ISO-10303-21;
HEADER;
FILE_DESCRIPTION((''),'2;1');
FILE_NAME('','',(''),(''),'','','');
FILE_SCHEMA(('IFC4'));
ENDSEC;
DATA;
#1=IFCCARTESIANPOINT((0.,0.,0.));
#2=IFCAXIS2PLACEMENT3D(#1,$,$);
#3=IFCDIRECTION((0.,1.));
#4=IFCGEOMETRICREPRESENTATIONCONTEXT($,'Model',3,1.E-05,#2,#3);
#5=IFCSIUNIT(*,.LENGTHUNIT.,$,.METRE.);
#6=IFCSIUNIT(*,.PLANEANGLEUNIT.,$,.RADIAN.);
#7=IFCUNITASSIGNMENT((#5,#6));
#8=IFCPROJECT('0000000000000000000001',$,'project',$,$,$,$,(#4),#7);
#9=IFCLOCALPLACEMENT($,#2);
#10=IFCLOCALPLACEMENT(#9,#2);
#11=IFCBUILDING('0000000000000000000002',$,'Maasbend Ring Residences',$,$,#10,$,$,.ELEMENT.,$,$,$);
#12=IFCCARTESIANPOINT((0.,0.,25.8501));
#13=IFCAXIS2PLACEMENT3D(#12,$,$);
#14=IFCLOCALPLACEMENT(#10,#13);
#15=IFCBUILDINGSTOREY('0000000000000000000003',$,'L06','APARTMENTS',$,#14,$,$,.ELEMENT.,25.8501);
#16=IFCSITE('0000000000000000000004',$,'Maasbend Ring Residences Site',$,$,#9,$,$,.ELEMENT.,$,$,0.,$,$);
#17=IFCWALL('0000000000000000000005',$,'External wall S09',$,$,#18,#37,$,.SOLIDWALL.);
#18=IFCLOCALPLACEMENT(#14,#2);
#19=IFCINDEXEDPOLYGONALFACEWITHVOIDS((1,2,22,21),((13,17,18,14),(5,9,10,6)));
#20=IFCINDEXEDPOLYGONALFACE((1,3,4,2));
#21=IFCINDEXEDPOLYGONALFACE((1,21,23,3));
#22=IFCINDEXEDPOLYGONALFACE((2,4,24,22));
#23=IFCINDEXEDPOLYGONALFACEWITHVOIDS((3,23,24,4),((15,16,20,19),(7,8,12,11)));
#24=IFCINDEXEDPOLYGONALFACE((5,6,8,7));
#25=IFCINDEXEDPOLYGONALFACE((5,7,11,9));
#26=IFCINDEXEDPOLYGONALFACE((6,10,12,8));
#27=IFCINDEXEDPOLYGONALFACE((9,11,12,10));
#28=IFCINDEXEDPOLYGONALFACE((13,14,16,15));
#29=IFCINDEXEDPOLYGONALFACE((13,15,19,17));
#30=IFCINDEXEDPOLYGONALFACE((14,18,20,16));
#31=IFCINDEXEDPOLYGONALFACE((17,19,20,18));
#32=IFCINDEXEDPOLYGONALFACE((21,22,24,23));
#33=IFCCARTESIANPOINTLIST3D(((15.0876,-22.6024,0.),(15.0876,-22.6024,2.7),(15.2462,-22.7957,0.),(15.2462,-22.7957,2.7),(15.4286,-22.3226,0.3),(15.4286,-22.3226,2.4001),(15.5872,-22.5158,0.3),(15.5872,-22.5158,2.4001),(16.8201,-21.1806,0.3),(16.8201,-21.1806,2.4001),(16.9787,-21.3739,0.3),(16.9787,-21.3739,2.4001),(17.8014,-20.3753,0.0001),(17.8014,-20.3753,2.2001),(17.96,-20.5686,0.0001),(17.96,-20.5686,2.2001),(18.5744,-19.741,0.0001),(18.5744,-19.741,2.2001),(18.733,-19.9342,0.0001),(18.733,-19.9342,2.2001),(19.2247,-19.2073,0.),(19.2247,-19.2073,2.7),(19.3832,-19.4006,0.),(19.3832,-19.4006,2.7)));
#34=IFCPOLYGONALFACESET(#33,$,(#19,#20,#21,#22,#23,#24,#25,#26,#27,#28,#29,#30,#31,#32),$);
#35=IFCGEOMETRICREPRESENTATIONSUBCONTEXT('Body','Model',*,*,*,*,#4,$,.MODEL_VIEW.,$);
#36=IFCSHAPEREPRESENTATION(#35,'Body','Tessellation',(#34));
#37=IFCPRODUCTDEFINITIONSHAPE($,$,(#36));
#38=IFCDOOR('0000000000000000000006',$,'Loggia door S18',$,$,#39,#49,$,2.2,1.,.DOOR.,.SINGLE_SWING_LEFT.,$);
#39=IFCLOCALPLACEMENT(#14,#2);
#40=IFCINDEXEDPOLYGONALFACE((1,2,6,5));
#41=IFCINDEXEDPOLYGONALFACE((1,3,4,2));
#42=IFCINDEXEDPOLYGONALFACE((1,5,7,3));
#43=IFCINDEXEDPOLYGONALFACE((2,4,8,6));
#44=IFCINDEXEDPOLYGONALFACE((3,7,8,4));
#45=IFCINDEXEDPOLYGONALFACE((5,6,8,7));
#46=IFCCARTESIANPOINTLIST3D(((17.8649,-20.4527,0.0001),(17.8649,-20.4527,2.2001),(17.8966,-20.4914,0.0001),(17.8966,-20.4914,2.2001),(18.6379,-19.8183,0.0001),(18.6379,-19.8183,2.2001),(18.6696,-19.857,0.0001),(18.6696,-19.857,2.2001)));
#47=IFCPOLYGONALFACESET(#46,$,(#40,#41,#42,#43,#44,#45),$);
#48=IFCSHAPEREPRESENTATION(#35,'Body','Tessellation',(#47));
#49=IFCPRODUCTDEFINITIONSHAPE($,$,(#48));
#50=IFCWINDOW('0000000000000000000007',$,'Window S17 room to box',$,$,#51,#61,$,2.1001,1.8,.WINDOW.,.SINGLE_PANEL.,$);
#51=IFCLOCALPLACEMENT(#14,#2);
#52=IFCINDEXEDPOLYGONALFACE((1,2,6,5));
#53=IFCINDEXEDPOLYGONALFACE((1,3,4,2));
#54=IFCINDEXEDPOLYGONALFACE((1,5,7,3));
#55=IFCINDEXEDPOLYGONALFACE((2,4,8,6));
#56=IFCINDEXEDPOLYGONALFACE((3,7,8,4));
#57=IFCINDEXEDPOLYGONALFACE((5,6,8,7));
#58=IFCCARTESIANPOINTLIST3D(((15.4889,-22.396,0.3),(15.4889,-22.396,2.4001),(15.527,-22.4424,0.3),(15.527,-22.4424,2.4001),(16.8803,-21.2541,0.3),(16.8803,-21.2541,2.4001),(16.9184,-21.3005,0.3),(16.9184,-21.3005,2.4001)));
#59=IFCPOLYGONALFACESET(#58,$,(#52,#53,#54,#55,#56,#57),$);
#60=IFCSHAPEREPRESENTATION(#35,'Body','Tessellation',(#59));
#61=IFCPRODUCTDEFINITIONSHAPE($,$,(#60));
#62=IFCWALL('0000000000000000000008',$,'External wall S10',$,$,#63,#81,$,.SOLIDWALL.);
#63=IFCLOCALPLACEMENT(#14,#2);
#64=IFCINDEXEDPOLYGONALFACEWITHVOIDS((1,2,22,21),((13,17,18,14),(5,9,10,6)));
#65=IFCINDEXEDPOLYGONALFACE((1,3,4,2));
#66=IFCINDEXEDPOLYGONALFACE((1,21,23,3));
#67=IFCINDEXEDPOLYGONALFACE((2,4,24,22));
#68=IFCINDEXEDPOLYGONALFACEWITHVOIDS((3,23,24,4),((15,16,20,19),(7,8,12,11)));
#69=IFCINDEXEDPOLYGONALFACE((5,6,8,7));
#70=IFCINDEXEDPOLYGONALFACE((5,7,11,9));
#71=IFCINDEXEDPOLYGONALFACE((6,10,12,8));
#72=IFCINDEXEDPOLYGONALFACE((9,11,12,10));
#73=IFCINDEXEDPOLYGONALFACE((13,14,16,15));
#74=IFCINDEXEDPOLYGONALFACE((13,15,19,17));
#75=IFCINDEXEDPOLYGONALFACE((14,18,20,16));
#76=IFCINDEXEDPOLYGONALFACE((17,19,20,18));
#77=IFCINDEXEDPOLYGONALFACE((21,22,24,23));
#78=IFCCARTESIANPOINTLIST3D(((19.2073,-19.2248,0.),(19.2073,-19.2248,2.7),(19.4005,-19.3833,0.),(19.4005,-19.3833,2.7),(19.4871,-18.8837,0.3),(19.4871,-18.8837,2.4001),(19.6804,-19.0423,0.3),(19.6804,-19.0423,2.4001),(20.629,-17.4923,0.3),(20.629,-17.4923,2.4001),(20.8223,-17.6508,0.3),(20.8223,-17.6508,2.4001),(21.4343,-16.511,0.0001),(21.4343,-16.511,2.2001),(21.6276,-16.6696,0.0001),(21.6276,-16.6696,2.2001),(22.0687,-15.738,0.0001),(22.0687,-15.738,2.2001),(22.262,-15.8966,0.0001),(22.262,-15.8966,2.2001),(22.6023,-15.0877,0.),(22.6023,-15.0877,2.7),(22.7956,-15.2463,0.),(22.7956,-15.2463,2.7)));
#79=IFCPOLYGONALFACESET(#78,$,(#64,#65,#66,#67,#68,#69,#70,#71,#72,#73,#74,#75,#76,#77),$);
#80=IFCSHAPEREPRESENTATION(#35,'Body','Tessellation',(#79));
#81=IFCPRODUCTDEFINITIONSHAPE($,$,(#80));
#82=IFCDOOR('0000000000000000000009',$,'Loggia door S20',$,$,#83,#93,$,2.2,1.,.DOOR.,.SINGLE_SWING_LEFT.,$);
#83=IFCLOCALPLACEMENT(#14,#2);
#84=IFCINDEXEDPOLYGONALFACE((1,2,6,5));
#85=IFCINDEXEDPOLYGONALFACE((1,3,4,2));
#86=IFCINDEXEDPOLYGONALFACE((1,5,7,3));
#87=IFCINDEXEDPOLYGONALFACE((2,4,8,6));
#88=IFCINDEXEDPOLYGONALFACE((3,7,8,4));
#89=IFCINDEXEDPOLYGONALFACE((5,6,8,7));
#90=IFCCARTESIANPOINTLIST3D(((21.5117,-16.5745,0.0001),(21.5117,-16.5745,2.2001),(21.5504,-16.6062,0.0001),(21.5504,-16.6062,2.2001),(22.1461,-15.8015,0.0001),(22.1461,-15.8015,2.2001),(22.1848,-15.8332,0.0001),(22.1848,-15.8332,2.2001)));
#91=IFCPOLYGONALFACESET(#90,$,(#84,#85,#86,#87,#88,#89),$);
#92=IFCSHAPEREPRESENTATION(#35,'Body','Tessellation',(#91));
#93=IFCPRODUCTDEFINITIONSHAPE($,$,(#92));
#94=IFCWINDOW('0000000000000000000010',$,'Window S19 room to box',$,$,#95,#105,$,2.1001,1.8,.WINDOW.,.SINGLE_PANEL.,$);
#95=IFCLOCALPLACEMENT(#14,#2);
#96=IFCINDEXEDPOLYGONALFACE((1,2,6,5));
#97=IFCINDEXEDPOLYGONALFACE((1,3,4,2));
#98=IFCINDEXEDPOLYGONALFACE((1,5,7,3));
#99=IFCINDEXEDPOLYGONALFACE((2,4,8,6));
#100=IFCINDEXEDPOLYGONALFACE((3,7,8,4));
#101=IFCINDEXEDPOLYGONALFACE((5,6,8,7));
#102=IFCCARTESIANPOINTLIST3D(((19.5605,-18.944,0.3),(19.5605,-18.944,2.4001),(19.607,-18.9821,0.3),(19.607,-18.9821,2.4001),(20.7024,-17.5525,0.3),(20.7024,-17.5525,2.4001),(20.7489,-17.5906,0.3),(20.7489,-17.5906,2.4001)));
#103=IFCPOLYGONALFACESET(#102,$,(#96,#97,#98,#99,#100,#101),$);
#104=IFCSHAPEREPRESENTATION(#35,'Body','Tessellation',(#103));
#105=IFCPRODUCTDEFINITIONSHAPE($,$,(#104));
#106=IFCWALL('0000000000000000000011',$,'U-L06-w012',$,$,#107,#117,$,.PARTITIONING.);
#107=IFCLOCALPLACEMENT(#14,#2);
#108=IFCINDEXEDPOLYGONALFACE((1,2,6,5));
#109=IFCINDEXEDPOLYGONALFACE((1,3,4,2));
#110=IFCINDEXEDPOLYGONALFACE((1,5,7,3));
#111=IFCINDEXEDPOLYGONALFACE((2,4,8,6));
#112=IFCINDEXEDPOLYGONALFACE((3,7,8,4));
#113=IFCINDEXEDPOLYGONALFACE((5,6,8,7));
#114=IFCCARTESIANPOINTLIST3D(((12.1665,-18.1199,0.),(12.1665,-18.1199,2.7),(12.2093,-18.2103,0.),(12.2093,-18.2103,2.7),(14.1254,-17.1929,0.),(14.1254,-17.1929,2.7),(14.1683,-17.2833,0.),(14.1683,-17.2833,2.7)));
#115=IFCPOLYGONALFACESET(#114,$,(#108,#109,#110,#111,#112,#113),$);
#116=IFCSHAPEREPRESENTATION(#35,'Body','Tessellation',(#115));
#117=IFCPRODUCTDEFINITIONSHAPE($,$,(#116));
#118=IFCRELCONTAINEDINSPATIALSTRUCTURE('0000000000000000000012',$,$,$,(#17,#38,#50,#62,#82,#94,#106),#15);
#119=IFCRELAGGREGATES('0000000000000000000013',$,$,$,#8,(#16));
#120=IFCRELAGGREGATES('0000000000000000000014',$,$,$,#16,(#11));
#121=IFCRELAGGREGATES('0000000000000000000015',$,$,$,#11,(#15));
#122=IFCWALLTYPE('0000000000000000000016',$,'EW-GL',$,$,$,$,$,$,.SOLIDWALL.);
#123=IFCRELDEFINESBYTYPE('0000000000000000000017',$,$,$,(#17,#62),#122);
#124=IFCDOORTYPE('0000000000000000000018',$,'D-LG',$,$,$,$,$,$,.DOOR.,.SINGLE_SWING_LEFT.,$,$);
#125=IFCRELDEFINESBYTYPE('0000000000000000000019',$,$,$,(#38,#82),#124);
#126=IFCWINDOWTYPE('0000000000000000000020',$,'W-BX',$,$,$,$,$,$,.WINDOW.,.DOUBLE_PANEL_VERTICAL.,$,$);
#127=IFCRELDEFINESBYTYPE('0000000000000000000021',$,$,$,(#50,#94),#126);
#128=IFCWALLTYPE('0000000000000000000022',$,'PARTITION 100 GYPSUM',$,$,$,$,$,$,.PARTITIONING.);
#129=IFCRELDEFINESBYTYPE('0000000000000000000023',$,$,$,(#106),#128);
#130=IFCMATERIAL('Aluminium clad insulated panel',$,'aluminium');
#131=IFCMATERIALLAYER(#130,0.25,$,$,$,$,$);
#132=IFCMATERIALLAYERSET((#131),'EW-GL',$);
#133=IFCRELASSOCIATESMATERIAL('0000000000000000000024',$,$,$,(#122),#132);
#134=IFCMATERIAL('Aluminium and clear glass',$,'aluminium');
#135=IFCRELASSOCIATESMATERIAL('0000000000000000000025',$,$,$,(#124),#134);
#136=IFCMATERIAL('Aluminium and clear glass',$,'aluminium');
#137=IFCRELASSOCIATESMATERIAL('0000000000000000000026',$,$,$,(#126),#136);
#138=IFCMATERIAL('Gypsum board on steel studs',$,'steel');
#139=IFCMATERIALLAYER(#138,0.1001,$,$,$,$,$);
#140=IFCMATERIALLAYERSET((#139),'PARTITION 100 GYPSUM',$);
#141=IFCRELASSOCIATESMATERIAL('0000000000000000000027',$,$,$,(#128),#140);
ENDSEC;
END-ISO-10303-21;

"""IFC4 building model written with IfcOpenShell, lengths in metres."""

from ifc_helpers import new_model, si_unit, direction, frame, frame_2d, origin, place, context, subcontext, project, spatial, rectangle, extrude, material, layer, layer_set, type_object, element, fill, save


model = new_model("IFC4")

# Units and contexts
model_context = context("Model", 3, precision=1e-05, world=origin(), true_north=direction((0.0, 1.0)))
body_context = subcontext(model_context, "Body", "Model", "MODEL_VIEW")
ifc_project = project(units=[si_unit("LENGTHUNIT", "METRE"), si_unit("PLANEANGLEUNIT", "RADIAN")], contexts=[model_context])

# Site, building, storey
site_placement = place(None, origin())
site = spatial("IfcSite", under=ifc_project, at=site_placement, Name="Maasbend Ring Residences Site", CompositionType="ELEMENT", RefElevation=0.0)
building_placement = place(site_placement, origin())
building = spatial("IfcBuilding", under=site, at=building_placement, Name="Maasbend Ring Residences", CompositionType="ELEMENT")
storey_placement = place(building_placement, frame((0.0, 0.0, 25.8501)))
storey = spatial("IfcBuildingStorey", under=building, at=storey_placement, Name="L06", Description="APARTMENTS", CompositionType="ELEMENT", Elevation=25.8501)

# Walls, openings, doors, windows
ifc_material_1 = material(Name="Aluminium clad insulated panel", Category="aluminium")
ifc_layer_1 = layer(ifc_material_1, 0.25)
ifc_layer_set_1 = layer_set([ifc_layer_1], Name="EW-GL")
wall_type_1 = type_object("IfcWallType", Name="EW-GL", PredefinedType="SOLIDWALL", material=ifc_layer_set_1)
wall_1_placement = place(storey_placement, frame((15.167, -22.699, 0.0), z_axis=(0.0, 0.0, 1.0), x_axis=(0.773019, 0.634382, 0.0)))
wall_1 = element("IfcWall", 1, at=wall_1_placement, inside=storey, type_object=wall_type_1, Name="External wall S09", PredefinedType="SOLIDWALL", context=body_context, shape_type="SweptSolid", body=[
    extrude(rectangle(XDim=5.3518, YDim=0.25, at=frame_2d((2.6758, 0.0))), origin(), (0.0, 0.0, 1.0), 2.7),
])
opening_1_placement = place(wall_1_placement, frame((0.4412, 0.0, 0.3)))
opening_1 = element("IfcOpeningElement", 2, at=opening_1_placement, cuts=wall_1, PredefinedType="OPENING", context=body_context, shape_type="SweptSolid", body=[
    extrude(rectangle(XDim=1.8, YDim=2.1001, at=frame_2d((0.8999, 1.05))), frame((0.0, 0.135, 0.0), z_axis=(0.0, -1.0, 0.0), x_axis=(1.0, 0.0, 0.0)), (0.0, 0.0, 1.0), 0.27),
])
opening_2_placement = place(wall_1_placement, frame((3.5105, 0.0, 0.0)))
opening_2 = element("IfcOpeningElement", 3, at=opening_2_placement, cuts=wall_1, PredefinedType="OPENING", context=body_context, shape_type="SweptSolid", body=[
    extrude(rectangle(XDim=1.0, YDim=2.2, at=frame_2d((0.5, 1.1001))), frame((0.0, 0.135, 0.0), z_axis=(0.0, -1.0, 0.0), x_axis=(1.0, 0.0, 0.0)), (0.0, 0.0, 1.0), 0.27),
])
ifc_material_2 = material(Name="Aluminium and clear glass", Category="aluminium")
door_type = type_object("IfcDoorType", Name="D-LG", OperationType="SINGLE_SWING_LEFT", PredefinedType="DOOR", material=ifc_material_2)
door_1_placement = place(opening_2_placement, origin())
door_1 = element("IfcDoor", 4, at=door_1_placement, inside=storey, type_object=door_type, Name="Loggia door S18", OperationType="SINGLE_SWING_LEFT", OverallHeight=2.2, OverallWidth=1.0, PredefinedType="DOOR", context=body_context, shape_type="SweptSolid", body=[
    extrude(rectangle(XDim=1.0, YDim=2.2, at=frame_2d((0.5, 1.1001))), frame((0.0, 0.0249, 0.0), z_axis=(0.0, -1.0, 0.0), x_axis=(1.0, 0.0, 0.0)), (0.0, 0.0, 1.0), 0.05),
])
fill(opening_2, door_1)
ifc_material_3 = material(Name="Aluminium and clear glass", Category="aluminium")
window_type_1 = type_object("IfcWindowType", Name="W-BX", PartitioningType="DOUBLE_PANEL_VERTICAL", PredefinedType="WINDOW", material=ifc_material_3)
window_1_placement = place(opening_1_placement, origin())
window_1 = element("IfcWindow", 5, at=window_1_placement, inside=storey, type_object=window_type_1, Name="Window S17 room to box", OverallHeight=2.1001, OverallWidth=1.8, PartitioningType="SINGLE_PANEL", PredefinedType="WINDOW", context=body_context, shape_type="SweptSolid", body=[
    extrude(rectangle(XDim=1.8, YDim=2.1001, at=frame_2d((0.8999, 1.05))), frame((0.0, 0.03, 0.0), z_axis=(0.0, -1.0, 0.0), x_axis=(1.0, 0.0, 0.0)), (0.0, 0.0, 1.0), 0.0601),
])
fill(opening_1, window_1)
wall_2_placement = place(storey_placement, frame((19.304, -19.304, 0.0), z_axis=(0.0, 0.0, 1.0), x_axis=(0.634382, 0.773019, 0.0)))
wall_2 = element("IfcWall", 6, at=wall_2_placement, inside=storey, type_object=wall_type_1, Name="External wall S10", PredefinedType="SOLIDWALL", context=body_context, shape_type="SweptSolid", body=[
    extrude(rectangle(XDim=5.3518, YDim=0.25, at=frame_2d((2.6758, 0.0))), origin(), (0.0, 0.0, 1.0), 2.7),
])
opening_3_placement = place(wall_2_placement, frame((0.4412, 0.0, 0.3)))
opening_3 = element("IfcOpeningElement", 7, at=opening_3_placement, cuts=wall_2, PredefinedType="OPENING", context=body_context, shape_type="SweptSolid", body=[
    extrude(rectangle(XDim=1.8, YDim=2.1001, at=frame_2d((0.8999, 1.05))), frame((0.0, 0.135, 0.0), z_axis=(0.0, -1.0, 0.0), x_axis=(1.0, 0.0, 0.0)), (0.0, 0.0, 1.0), 0.27),
])
opening_4_placement = place(wall_2_placement, frame((3.5105, 0.0, 0.0)))
opening_4 = element("IfcOpeningElement", 8, at=opening_4_placement, cuts=wall_2, PredefinedType="OPENING", context=body_context, shape_type="SweptSolid", body=[
    extrude(rectangle(XDim=1.0, YDim=2.2, at=frame_2d((0.5, 1.1001))), frame((0.0, 0.135, 0.0), z_axis=(0.0, -1.0, 0.0), x_axis=(1.0, 0.0, 0.0)), (0.0, 0.0, 1.0), 0.27),
])
door_2_placement = place(opening_4_placement, origin())
door_2 = element("IfcDoor", 9, at=door_2_placement, inside=storey, type_object=door_type, Name="Loggia door S20", OperationType="SINGLE_SWING_LEFT", OverallHeight=2.2, OverallWidth=1.0, PredefinedType="DOOR", context=body_context, shape_type="SweptSolid", body=[
    extrude(rectangle(XDim=1.0, YDim=2.2, at=frame_2d((0.5, 1.1001))), frame((0.0, 0.0249, 0.0), z_axis=(0.0, -1.0, 0.0), x_axis=(1.0, 0.0, 0.0)), (0.0, 0.0, 1.0), 0.05),
])
fill(opening_4, door_2)
window_2_placement = place(opening_3_placement, origin())
window_2 = element("IfcWindow", 10, at=window_2_placement, inside=storey, type_object=window_type_1, Name="Window S19 room to box", OverallHeight=2.1001, OverallWidth=1.8, PartitioningType="SINGLE_PANEL", PredefinedType="WINDOW", context=body_context, shape_type="SweptSolid", body=[
    extrude(rectangle(XDim=1.8, YDim=2.1001, at=frame_2d((0.8999, 1.05))), frame((0.0, 0.03, 0.0), z_axis=(0.0, -1.0, 0.0), x_axis=(1.0, 0.0, 0.0)), (0.0, 0.0, 1.0), 0.0601),
])
fill(opening_3, window_2)

# Wall
ifc_material_4 = material(Name="Gypsum board on steel studs", Category="steel")
ifc_layer_2 = layer(ifc_material_4, 0.1001)
ifc_layer_set_2 = layer_set([ifc_layer_2], Name="PARTITION 100 GYPSUM")
wall_type_2 = type_object("IfcWallType", Name="PARTITION 100 GYPSUM", PredefinedType="PARTITIONING", material=ifc_layer_set_2)
wall_3_placement = place(storey_placement, frame((12.188, -18.165, 0.0), z_axis=(0.0, 0.0, 1.0), x_axis=(0.903905, 0.427733, 0.0)))
element("IfcWall", 11, at=wall_3_placement, inside=storey, type_object=wall_type_2, Name="U-L06-w012", PredefinedType="PARTITIONING", context=body_context, shape_type="SweptSolid", body=[
    extrude(rectangle(XDim=2.1672, YDim=0.1001, at=frame_2d((1.0835, 0.0))), origin(), (0.0, 0.0, 1.0), 2.7),
])

save(model, "model.ifc")
